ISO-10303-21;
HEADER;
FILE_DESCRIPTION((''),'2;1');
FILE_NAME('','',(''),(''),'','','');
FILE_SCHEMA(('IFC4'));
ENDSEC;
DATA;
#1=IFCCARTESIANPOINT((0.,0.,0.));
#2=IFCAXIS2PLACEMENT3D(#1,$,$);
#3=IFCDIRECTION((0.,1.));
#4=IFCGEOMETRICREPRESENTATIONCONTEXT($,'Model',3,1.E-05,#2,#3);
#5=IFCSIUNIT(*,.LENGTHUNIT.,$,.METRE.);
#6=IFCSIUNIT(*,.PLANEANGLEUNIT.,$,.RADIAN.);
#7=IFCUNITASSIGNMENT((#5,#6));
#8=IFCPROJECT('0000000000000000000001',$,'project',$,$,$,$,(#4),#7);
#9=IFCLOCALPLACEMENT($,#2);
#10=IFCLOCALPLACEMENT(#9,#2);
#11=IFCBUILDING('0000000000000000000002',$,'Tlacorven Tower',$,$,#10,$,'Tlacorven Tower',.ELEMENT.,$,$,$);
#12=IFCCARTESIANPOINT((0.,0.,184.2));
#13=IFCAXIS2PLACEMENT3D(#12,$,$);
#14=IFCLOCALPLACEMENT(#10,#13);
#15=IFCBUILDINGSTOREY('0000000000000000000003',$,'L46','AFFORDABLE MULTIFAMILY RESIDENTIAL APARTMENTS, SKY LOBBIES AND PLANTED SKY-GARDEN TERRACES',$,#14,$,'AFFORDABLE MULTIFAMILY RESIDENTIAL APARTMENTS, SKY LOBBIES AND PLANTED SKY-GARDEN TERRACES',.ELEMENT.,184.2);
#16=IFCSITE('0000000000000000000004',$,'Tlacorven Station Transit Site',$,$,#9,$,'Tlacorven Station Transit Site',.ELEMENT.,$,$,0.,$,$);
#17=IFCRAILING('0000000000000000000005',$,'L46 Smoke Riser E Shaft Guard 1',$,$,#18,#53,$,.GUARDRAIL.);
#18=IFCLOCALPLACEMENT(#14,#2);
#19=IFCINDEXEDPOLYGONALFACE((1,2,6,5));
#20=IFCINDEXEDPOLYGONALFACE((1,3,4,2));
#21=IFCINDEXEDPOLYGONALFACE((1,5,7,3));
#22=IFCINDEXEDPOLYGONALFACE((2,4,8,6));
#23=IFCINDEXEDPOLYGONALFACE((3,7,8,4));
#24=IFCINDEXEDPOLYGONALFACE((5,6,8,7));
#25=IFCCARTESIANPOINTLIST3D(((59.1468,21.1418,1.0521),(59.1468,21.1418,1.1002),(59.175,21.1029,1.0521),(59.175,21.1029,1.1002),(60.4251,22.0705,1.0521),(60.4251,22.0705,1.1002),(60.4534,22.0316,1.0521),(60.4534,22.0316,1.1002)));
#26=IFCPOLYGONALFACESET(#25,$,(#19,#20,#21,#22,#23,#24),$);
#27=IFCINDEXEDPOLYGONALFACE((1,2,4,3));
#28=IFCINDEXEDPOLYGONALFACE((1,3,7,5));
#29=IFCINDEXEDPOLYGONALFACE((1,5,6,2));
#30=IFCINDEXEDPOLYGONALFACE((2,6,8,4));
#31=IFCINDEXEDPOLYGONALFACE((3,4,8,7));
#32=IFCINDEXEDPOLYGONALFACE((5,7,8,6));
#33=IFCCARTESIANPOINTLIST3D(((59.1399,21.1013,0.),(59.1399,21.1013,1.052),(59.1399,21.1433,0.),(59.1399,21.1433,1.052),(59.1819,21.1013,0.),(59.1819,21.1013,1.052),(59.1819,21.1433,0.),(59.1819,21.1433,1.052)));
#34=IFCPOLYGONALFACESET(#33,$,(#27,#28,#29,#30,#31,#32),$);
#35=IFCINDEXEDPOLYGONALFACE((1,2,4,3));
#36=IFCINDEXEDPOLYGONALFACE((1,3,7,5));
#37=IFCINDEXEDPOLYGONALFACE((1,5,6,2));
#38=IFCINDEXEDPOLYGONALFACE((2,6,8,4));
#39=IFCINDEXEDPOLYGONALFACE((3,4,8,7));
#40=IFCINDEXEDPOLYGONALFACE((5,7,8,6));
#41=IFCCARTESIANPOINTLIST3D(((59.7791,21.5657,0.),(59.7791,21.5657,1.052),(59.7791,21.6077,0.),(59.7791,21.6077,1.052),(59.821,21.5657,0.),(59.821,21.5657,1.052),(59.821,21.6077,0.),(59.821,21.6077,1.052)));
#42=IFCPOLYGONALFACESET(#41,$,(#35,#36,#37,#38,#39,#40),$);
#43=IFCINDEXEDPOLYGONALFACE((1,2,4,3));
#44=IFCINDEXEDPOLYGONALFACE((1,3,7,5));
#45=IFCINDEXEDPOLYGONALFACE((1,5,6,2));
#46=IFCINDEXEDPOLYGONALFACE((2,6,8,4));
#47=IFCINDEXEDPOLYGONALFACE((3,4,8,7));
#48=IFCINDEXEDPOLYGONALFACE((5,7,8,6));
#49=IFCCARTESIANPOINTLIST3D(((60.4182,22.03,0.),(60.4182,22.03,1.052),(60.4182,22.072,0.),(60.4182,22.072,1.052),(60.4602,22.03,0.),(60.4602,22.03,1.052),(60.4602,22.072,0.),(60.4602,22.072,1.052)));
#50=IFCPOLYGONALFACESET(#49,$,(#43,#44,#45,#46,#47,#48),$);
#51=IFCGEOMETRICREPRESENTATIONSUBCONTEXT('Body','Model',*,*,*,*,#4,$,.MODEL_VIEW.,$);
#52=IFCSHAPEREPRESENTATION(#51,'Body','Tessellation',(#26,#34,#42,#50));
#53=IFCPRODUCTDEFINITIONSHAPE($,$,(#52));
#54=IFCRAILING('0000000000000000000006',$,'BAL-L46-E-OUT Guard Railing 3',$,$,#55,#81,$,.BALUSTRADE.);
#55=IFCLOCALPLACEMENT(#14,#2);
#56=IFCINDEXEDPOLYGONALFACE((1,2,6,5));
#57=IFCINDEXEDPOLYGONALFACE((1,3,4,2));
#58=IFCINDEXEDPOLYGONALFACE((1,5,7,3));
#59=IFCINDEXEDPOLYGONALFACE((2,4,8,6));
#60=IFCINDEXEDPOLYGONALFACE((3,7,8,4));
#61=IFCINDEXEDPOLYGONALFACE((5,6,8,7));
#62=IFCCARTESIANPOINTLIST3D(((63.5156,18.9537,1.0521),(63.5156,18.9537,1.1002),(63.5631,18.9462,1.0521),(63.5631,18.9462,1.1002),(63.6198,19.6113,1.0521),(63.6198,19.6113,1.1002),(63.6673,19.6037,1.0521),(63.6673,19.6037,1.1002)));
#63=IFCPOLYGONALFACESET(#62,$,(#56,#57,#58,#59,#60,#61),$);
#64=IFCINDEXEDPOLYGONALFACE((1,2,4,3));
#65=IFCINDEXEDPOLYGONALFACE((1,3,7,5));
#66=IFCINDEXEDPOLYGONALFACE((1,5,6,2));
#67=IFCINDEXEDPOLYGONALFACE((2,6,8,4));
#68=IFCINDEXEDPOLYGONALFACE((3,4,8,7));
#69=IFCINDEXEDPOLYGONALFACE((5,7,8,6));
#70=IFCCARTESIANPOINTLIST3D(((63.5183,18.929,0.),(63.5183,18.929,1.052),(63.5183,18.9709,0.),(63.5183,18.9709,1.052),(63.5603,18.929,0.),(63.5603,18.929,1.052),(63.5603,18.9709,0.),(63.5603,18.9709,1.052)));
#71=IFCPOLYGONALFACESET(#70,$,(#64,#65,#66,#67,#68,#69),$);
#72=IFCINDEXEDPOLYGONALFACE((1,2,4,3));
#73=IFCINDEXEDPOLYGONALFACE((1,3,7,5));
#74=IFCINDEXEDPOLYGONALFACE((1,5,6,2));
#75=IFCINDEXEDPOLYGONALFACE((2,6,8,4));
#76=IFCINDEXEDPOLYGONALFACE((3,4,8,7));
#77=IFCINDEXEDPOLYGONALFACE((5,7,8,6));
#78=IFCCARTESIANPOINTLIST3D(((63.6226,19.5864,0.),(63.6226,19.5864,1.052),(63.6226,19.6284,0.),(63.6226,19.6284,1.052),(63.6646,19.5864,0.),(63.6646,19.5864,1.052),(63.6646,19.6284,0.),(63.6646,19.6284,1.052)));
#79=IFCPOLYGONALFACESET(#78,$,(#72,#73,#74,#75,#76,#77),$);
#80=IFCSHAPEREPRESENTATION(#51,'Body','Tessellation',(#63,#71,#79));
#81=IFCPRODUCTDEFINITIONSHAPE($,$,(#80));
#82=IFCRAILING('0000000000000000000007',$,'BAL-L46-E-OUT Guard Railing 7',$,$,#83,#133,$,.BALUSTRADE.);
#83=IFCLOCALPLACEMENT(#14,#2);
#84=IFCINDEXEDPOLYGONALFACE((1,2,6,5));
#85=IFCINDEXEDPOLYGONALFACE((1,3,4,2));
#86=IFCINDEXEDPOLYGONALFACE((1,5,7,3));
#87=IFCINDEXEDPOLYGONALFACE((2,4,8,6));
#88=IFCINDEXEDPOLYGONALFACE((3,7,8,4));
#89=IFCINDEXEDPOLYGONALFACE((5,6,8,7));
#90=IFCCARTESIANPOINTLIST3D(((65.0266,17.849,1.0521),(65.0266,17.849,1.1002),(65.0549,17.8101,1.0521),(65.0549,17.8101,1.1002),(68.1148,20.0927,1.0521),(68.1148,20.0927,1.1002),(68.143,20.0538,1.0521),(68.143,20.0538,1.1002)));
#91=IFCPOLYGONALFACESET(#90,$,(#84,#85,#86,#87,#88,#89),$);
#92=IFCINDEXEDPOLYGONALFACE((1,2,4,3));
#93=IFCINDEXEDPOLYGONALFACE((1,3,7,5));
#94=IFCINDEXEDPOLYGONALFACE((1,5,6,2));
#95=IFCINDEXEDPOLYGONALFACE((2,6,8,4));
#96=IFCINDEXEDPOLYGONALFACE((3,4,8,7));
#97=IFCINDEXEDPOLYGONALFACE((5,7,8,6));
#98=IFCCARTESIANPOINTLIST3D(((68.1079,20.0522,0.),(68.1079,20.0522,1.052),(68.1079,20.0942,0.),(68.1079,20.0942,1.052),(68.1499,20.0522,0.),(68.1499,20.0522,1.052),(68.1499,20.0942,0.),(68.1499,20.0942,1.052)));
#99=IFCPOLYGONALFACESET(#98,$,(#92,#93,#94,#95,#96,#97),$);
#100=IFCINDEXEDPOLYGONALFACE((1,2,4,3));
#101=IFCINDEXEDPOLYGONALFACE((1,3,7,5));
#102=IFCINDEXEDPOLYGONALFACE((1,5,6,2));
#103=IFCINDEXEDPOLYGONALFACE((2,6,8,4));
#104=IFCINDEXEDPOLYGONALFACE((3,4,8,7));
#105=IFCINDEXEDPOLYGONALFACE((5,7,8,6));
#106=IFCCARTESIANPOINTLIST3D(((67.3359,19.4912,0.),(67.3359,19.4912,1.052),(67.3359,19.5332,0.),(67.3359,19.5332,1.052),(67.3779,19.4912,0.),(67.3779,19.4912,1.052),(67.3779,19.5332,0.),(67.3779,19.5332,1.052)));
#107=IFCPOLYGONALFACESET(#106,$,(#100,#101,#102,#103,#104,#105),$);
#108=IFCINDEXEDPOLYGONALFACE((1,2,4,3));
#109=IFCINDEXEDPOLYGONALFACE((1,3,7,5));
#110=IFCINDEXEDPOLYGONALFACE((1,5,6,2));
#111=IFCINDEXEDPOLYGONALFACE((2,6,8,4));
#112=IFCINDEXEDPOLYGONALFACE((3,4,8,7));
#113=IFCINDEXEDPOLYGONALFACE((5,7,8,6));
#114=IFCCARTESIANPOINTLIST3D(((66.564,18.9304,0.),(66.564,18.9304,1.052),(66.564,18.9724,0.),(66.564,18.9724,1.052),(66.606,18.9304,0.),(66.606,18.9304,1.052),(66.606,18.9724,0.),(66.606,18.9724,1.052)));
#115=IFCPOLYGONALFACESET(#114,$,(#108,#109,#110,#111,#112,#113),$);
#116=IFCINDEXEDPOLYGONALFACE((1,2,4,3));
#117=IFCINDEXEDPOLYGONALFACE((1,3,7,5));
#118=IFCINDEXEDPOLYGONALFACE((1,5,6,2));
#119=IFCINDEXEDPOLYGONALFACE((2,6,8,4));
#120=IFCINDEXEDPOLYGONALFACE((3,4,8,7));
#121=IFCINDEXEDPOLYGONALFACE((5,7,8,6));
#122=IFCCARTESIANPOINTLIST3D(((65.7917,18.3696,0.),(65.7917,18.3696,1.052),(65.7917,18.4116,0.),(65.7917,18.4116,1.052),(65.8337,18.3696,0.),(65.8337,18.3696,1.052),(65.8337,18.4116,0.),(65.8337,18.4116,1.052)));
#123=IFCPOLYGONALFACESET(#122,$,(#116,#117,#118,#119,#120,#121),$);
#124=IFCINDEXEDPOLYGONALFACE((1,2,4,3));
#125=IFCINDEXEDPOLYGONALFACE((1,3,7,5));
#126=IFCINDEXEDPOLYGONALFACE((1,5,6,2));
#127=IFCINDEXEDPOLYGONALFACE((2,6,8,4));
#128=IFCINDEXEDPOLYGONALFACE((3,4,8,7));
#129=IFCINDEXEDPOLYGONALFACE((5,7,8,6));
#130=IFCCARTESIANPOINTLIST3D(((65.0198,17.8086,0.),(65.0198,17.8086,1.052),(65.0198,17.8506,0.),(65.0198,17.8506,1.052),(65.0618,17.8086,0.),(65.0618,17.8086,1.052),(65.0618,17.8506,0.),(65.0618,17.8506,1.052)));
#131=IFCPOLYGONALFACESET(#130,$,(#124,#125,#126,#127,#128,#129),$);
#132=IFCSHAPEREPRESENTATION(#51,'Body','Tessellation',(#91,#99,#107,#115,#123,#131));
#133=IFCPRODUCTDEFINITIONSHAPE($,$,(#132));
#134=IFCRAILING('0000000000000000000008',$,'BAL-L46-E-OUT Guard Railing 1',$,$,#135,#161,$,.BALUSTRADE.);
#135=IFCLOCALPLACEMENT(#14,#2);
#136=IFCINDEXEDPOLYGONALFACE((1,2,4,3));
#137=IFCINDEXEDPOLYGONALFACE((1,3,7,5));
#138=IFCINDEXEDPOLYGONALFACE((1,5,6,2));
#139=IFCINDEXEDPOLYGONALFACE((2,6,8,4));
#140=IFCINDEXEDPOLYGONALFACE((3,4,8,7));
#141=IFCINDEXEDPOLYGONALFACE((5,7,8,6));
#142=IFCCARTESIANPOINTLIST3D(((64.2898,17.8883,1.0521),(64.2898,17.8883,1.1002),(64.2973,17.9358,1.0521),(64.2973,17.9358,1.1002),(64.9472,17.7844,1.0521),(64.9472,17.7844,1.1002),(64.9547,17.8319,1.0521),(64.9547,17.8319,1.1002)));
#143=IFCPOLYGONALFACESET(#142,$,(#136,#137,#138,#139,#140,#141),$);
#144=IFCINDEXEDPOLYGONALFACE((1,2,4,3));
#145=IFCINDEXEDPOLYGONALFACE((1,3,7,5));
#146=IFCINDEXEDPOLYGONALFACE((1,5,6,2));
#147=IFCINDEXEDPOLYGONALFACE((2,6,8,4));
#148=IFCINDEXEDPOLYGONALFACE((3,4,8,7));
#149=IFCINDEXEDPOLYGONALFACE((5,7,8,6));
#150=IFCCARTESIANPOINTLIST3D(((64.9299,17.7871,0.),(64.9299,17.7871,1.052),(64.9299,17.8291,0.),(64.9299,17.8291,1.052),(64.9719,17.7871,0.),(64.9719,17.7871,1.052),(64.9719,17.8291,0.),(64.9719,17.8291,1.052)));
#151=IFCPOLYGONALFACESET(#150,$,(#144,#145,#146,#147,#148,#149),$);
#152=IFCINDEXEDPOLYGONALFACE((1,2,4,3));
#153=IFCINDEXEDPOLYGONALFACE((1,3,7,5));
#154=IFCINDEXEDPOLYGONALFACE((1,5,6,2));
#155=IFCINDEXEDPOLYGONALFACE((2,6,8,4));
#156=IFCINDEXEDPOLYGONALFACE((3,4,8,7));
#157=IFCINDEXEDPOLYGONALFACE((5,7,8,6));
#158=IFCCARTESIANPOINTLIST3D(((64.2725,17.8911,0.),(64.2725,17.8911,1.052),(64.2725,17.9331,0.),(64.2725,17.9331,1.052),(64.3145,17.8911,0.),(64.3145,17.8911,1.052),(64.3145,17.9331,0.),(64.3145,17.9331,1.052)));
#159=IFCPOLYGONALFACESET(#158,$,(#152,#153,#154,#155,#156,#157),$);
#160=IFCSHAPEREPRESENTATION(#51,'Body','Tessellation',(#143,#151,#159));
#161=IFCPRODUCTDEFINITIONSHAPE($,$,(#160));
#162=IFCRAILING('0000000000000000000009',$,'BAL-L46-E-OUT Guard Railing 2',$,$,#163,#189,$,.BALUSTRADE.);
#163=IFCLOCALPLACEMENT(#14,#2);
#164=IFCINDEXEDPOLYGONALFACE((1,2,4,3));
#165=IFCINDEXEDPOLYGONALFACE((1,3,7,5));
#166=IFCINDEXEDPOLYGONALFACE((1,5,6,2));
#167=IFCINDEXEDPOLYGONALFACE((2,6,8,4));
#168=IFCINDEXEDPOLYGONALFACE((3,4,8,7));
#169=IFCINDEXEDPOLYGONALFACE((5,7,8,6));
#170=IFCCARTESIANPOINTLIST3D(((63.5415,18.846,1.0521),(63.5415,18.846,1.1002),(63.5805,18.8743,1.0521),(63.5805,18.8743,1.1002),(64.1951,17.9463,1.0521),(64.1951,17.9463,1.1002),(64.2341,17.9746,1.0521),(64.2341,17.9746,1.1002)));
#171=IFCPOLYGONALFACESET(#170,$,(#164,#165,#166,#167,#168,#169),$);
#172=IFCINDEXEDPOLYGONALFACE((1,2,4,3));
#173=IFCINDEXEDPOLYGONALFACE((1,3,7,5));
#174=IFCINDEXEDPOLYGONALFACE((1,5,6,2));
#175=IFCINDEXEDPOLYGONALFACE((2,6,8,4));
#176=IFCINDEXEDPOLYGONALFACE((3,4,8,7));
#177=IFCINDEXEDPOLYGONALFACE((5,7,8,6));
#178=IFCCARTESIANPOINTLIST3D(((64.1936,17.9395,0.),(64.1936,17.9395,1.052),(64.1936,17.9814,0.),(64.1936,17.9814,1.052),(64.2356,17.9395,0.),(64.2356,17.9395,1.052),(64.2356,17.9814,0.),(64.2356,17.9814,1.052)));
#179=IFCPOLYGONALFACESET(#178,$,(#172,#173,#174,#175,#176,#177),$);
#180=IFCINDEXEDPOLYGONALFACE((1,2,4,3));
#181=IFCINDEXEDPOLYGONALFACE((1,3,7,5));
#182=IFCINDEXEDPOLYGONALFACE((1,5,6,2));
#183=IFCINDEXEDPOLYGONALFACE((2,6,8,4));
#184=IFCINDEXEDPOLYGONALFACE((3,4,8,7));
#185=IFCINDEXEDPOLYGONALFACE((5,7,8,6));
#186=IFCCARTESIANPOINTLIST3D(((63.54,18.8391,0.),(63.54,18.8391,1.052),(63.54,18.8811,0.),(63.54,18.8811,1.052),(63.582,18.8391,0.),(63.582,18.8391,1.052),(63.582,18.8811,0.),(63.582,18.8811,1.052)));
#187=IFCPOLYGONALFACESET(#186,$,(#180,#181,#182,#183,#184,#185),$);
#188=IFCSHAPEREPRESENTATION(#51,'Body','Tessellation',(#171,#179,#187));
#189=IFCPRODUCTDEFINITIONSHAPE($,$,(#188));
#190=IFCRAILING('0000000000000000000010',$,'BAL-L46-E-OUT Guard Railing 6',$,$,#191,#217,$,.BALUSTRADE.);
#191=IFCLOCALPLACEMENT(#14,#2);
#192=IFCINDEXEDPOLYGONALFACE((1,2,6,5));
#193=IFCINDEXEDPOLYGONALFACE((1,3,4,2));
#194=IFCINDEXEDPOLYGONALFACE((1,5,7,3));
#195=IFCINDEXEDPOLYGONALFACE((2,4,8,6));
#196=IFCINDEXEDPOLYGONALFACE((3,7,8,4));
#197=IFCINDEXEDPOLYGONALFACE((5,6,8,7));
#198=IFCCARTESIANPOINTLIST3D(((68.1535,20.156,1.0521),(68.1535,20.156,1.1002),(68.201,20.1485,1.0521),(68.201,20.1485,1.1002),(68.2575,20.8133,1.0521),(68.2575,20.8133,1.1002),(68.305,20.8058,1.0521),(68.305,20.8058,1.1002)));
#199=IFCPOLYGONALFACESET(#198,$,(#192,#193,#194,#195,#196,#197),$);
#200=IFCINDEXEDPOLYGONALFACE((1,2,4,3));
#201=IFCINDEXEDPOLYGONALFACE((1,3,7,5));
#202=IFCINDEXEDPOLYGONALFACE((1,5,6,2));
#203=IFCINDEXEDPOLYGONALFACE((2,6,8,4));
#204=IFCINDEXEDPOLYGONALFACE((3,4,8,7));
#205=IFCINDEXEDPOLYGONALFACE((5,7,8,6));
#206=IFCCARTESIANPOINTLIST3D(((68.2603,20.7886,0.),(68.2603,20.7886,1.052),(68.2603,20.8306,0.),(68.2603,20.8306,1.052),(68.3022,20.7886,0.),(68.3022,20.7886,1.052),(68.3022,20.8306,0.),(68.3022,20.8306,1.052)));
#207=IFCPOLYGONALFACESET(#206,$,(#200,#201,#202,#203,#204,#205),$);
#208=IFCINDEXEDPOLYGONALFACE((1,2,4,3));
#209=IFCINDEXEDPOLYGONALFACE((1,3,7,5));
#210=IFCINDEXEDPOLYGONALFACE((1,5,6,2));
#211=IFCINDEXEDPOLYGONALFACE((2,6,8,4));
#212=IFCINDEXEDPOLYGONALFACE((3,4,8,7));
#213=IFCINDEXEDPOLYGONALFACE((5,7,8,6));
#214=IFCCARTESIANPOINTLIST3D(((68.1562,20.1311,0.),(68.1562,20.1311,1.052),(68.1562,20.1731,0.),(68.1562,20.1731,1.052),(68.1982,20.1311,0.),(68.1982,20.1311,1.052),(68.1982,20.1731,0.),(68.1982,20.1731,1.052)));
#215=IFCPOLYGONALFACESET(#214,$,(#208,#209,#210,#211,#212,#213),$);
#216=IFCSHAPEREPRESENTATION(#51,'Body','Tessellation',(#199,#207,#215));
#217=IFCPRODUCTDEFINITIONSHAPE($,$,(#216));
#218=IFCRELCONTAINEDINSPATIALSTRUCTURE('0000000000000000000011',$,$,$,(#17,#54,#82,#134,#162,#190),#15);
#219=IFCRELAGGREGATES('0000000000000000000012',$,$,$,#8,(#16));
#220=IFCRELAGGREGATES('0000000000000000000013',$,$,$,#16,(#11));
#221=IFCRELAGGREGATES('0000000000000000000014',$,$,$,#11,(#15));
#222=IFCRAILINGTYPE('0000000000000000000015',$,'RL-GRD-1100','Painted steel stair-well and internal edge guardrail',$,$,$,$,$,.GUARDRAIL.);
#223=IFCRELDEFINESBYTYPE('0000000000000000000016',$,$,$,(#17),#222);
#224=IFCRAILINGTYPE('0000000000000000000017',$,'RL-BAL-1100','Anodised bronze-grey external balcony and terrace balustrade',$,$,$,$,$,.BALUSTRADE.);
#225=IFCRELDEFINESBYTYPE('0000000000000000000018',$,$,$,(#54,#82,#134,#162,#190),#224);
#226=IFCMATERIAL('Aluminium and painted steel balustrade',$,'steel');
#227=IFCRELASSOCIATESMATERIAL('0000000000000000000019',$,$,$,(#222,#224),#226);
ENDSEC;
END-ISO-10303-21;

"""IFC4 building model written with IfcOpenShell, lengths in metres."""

from ifc_helpers import new_model, si_unit, direction, frame, origin, origin_2d, place, context, subcontext, project, spatial, rectangle, extrude, source, transform, mapped, material, type_object, element, save


model = new_model("IFC4")

# Units and contexts
model_context = context("Model", 3, precision=1e-05, world=origin(), true_north=direction((0.0, 1.0)))
body_context = subcontext(model_context, "Body", "Model", "MODEL_VIEW")
ifc_project = project(units=[si_unit("LENGTHUNIT", "METRE"), si_unit("PLANEANGLEUNIT", "RADIAN")], contexts=[model_context])

# Site, building, storey
site_placement = place(None, origin())
site = spatial("IfcSite", under=ifc_project, at=site_placement, Name="Tlacorven Station Transit Site", LongName="Tlacorven Station Transit Site", CompositionType="ELEMENT", RefElevation=0.0)
building_placement = place(site_placement, origin())
building = spatial("IfcBuilding", under=site, at=building_placement, Name="Tlacorven Tower", LongName="Tlacorven Tower", CompositionType="ELEMENT")
storey_placement = place(building_placement, frame((0.0, 0.0, 184.2)))
storey = spatial("IfcBuildingStorey", under=building, at=storey_placement, Name="L46", Description="AFFORDABLE MULTIFAMILY RESIDENTIAL APARTMENTS, SKY LOBBIES AND PLANTED SKY-GARDEN TERRACES", LongName="AFFORDABLE MULTIFAMILY RESIDENTIAL APARTMENTS, SKY LOBBIES AND PLANTED SKY-GARDEN TERRACES", CompositionType="ELEMENT", Elevation=184.2)

# Railings
ifc_material_1 = material(Name="Aluminium and painted steel balustrade", Category="steel")
railing_type_1 = type_object("IfcRailingType", Name="RL-GRD-1100", Description="Painted steel stair-well and internal edge guardrail", PredefinedType="GUARDRAIL", material=ifc_material_1)
shared_shape_1 = source(origin(), body_context, "Body", "SweptSolid", [
    extrude(rectangle(XDim=0.0481, YDim=0.0481, at=origin_2d()), frame((0.0, 0.0, 1.0762), z_axis=(0.80903, 0.587767, 0.0), x_axis=(-0.587767, 0.80903, 0.0)), (0.0, 0.0, 1.0), 1.5801),
    extrude(rectangle(XDim=0.042, YDim=0.042, at=origin_2d()), origin(), (0.0, 0.0, 1.0), 1.052),
    extrude(rectangle(XDim=0.042, YDim=0.042, at=origin_2d()), frame((0.6392, 0.4644, 0.0)), (0.0, 0.0, 1.0), 1.052),
    extrude(rectangle(XDim=0.042, YDim=0.042, at=origin_2d()), frame((1.2783, 0.9287, 0.0)), (0.0, 0.0, 1.0), 1.052),
])
railing_1_placement = place(storey_placement, frame((59.1609, 21.1223, 0.0)))
element("IfcRailing", 1, at=railing_1_placement, inside=storey, type_object=railing_type_1, Name="L46 Smoke Riser E Shaft Guard 1", PredefinedType="GUARDRAIL", context=body_context, shape_type="MappedRepresentation", body=[
    mapped(shared_shape_1, transform((0.0, 0.0, 0.0), scale=1.0)),
])
railing_type_2 = type_object("IfcRailingType", Name="RL-BAL-1100", Description="Anodised bronze-grey external balcony and terrace balustrade", PredefinedType="BALUSTRADE", material=ifc_material_1)
shared_shape_2 = source(origin(), body_context, "Body", "SweptSolid", [
    extrude(rectangle(XDim=0.0481, YDim=0.0481, at=origin_2d()), frame((0.0, 0.0, 1.0762), z_axis=(0.156603, 0.987662, 0.0), x_axis=(-0.987662, 0.156603, 0.0)), (0.0, 0.0, 1.0), 0.6658),
    extrude(rectangle(XDim=0.042, YDim=0.042, at=origin_2d()), origin(), (0.0, 0.0, 1.0), 1.052),
    extrude(rectangle(XDim=0.042, YDim=0.042, at=origin_2d()), frame((0.1042, 0.6575, 0.0)), (0.0, 0.0, 1.0), 1.052),
])
railing_2_placement = place(storey_placement, frame((63.5393, 18.95, 0.0)))
element("IfcRailing", 2, at=railing_2_placement, inside=storey, type_object=railing_type_2, Name="BAL-L46-E-OUT Guard Railing 3", PredefinedType="BALUSTRADE", context=body_context, shape_type="MappedRepresentation", body=[
    mapped(shared_shape_2, transform((0.0, 0.0, 0.0), scale=1.0)),
])
shared_shape_3 = source(origin(), body_context, "Body", "SweptSolid", [
    extrude(rectangle(XDim=0.0481, YDim=0.0481, at=origin_2d()), frame((0.0, 0.0, 1.0762), z_axis=(-0.809018, -0.587784, 0.0), x_axis=(0.587784, -0.809018, 0.0)), (0.0, 0.0, 1.0), 3.8171),
    extrude(rectangle(XDim=0.042, YDim=0.042, at=origin_2d()), origin(), (0.0, 0.0, 1.0), 1.052),
    extrude(rectangle(XDim=0.042, YDim=0.042, at=origin_2d()), frame((-0.772, -0.561, 0.0)), (0.0, 0.0, 1.0), 1.052),
    extrude(rectangle(XDim=0.042, YDim=0.042, at=origin_2d()), frame((-1.5439, -1.1218, 0.0)), (0.0, 0.0, 1.0), 1.052),
    extrude(rectangle(XDim=0.042, YDim=0.042, at=origin_2d()), frame((-2.3162, -1.6826, 0.0)), (0.0, 0.0, 1.0), 1.052),
    extrude(rectangle(XDim=0.042, YDim=0.042, at=origin_2d()), frame((-3.0881, -2.2437, 0.0)), (0.0, 0.0, 1.0), 1.052),
])
railing_3_placement = place(storey_placement, frame((68.1289, 20.0732, 0.0)))
element("IfcRailing", 3, at=railing_3_placement, inside=storey, type_object=railing_type_2, Name="BAL-L46-E-OUT Guard Railing 7", PredefinedType="BALUSTRADE", context=body_context, shape_type="MappedRepresentation", body=[
    mapped(shared_shape_3, transform((0.0, 0.0, 0.0), scale=1.0)),
])
shared_shape_4 = source(origin(), body_context, "Body", "SweptSolid", [
    extrude(rectangle(XDim=0.0481, YDim=0.0481, at=origin_2d()), frame((0.0, 0.0, 1.0762), z_axis=(-0.987718, 0.156245, 0.0), x_axis=(-0.156245, -0.987718, 0.0)), (0.0, 0.0, 1.0), 0.6655),
    extrude(rectangle(XDim=0.042, YDim=0.042, at=origin_2d()), origin(), (0.0, 0.0, 1.0), 1.052),
    extrude(rectangle(XDim=0.042, YDim=0.042, at=origin_2d()), frame((-0.6575, 0.104, 0.0)), (0.0, 0.0, 1.0), 1.052),
])
railing_4_placement = place(storey_placement, frame((64.9509, 17.8081, 0.0)))
element("IfcRailing", 4, at=railing_4_placement, inside=storey, type_object=railing_type_2, Name="BAL-L46-E-OUT Guard Railing 1", PredefinedType="BALUSTRADE", context=body_context, shape_type="MappedRepresentation", body=[
    mapped(shared_shape_4, transform((0.0, 0.0, 0.0), scale=1.0)),
])
shared_shape_5 = source(origin(), body_context, "Body", "SweptSolid", [
    extrude(rectangle(XDim=0.0481, YDim=0.0481, at=origin_2d()), frame((0.0, 0.0, 1.0762), z_axis=(-0.587741, 0.809049, 0.0), x_axis=(-0.809049, -0.587741, 0.0)), (0.0, 0.0, 1.0), 1.1121),
    extrude(rectangle(XDim=0.042, YDim=0.042, at=origin_2d()), origin(), (0.0, 0.0, 1.0), 1.052),
    extrude(rectangle(XDim=0.042, YDim=0.042, at=origin_2d()), frame((-0.6536, 0.8997, 0.0)), (0.0, 0.0, 1.0), 1.052),
])
railing_5_placement = place(storey_placement, frame((64.2146, 17.9604, 0.0)))
element("IfcRailing", 5, at=railing_5_placement, inside=storey, type_object=railing_type_2, Name="BAL-L46-E-OUT Guard Railing 2", PredefinedType="BALUSTRADE", context=body_context, shape_type="MappedRepresentation", body=[
    mapped(shared_shape_5, transform((0.0, 0.0, 0.0), scale=1.0)),
])
shared_shape_6 = source(origin(), body_context, "Body", "SweptSolid", [
    extrude(rectangle(XDim=0.0481, YDim=0.0481, at=origin_2d()), frame((0.0, 0.0, 1.0762), z_axis=(-0.156245, -0.987718, 0.0), x_axis=(0.987718, -0.156245, 0.0)), (0.0, 0.0, 1.0), 0.6655),
    extrude(rectangle(XDim=0.042, YDim=0.042, at=origin_2d()), origin(), (0.0, 0.0, 1.0), 1.052),
    extrude(rectangle(XDim=0.042, YDim=0.042, at=origin_2d()), frame((-0.104, -0.6575, 0.0)), (0.0, 0.0, 1.0), 1.052),
])
railing_6_placement = place(storey_placement, frame((68.2812, 20.8096, 0.0)))
element("IfcRailing", 6, at=railing_6_placement, inside=storey, type_object=railing_type_2, Name="BAL-L46-E-OUT Guard Railing 6", PredefinedType="BALUSTRADE", context=body_context, shape_type="MappedRepresentation", body=[
    mapped(shared_shape_6, transform((0.0, 0.0, 0.0), scale=1.0)),
])

save(model, "model.ifc")
